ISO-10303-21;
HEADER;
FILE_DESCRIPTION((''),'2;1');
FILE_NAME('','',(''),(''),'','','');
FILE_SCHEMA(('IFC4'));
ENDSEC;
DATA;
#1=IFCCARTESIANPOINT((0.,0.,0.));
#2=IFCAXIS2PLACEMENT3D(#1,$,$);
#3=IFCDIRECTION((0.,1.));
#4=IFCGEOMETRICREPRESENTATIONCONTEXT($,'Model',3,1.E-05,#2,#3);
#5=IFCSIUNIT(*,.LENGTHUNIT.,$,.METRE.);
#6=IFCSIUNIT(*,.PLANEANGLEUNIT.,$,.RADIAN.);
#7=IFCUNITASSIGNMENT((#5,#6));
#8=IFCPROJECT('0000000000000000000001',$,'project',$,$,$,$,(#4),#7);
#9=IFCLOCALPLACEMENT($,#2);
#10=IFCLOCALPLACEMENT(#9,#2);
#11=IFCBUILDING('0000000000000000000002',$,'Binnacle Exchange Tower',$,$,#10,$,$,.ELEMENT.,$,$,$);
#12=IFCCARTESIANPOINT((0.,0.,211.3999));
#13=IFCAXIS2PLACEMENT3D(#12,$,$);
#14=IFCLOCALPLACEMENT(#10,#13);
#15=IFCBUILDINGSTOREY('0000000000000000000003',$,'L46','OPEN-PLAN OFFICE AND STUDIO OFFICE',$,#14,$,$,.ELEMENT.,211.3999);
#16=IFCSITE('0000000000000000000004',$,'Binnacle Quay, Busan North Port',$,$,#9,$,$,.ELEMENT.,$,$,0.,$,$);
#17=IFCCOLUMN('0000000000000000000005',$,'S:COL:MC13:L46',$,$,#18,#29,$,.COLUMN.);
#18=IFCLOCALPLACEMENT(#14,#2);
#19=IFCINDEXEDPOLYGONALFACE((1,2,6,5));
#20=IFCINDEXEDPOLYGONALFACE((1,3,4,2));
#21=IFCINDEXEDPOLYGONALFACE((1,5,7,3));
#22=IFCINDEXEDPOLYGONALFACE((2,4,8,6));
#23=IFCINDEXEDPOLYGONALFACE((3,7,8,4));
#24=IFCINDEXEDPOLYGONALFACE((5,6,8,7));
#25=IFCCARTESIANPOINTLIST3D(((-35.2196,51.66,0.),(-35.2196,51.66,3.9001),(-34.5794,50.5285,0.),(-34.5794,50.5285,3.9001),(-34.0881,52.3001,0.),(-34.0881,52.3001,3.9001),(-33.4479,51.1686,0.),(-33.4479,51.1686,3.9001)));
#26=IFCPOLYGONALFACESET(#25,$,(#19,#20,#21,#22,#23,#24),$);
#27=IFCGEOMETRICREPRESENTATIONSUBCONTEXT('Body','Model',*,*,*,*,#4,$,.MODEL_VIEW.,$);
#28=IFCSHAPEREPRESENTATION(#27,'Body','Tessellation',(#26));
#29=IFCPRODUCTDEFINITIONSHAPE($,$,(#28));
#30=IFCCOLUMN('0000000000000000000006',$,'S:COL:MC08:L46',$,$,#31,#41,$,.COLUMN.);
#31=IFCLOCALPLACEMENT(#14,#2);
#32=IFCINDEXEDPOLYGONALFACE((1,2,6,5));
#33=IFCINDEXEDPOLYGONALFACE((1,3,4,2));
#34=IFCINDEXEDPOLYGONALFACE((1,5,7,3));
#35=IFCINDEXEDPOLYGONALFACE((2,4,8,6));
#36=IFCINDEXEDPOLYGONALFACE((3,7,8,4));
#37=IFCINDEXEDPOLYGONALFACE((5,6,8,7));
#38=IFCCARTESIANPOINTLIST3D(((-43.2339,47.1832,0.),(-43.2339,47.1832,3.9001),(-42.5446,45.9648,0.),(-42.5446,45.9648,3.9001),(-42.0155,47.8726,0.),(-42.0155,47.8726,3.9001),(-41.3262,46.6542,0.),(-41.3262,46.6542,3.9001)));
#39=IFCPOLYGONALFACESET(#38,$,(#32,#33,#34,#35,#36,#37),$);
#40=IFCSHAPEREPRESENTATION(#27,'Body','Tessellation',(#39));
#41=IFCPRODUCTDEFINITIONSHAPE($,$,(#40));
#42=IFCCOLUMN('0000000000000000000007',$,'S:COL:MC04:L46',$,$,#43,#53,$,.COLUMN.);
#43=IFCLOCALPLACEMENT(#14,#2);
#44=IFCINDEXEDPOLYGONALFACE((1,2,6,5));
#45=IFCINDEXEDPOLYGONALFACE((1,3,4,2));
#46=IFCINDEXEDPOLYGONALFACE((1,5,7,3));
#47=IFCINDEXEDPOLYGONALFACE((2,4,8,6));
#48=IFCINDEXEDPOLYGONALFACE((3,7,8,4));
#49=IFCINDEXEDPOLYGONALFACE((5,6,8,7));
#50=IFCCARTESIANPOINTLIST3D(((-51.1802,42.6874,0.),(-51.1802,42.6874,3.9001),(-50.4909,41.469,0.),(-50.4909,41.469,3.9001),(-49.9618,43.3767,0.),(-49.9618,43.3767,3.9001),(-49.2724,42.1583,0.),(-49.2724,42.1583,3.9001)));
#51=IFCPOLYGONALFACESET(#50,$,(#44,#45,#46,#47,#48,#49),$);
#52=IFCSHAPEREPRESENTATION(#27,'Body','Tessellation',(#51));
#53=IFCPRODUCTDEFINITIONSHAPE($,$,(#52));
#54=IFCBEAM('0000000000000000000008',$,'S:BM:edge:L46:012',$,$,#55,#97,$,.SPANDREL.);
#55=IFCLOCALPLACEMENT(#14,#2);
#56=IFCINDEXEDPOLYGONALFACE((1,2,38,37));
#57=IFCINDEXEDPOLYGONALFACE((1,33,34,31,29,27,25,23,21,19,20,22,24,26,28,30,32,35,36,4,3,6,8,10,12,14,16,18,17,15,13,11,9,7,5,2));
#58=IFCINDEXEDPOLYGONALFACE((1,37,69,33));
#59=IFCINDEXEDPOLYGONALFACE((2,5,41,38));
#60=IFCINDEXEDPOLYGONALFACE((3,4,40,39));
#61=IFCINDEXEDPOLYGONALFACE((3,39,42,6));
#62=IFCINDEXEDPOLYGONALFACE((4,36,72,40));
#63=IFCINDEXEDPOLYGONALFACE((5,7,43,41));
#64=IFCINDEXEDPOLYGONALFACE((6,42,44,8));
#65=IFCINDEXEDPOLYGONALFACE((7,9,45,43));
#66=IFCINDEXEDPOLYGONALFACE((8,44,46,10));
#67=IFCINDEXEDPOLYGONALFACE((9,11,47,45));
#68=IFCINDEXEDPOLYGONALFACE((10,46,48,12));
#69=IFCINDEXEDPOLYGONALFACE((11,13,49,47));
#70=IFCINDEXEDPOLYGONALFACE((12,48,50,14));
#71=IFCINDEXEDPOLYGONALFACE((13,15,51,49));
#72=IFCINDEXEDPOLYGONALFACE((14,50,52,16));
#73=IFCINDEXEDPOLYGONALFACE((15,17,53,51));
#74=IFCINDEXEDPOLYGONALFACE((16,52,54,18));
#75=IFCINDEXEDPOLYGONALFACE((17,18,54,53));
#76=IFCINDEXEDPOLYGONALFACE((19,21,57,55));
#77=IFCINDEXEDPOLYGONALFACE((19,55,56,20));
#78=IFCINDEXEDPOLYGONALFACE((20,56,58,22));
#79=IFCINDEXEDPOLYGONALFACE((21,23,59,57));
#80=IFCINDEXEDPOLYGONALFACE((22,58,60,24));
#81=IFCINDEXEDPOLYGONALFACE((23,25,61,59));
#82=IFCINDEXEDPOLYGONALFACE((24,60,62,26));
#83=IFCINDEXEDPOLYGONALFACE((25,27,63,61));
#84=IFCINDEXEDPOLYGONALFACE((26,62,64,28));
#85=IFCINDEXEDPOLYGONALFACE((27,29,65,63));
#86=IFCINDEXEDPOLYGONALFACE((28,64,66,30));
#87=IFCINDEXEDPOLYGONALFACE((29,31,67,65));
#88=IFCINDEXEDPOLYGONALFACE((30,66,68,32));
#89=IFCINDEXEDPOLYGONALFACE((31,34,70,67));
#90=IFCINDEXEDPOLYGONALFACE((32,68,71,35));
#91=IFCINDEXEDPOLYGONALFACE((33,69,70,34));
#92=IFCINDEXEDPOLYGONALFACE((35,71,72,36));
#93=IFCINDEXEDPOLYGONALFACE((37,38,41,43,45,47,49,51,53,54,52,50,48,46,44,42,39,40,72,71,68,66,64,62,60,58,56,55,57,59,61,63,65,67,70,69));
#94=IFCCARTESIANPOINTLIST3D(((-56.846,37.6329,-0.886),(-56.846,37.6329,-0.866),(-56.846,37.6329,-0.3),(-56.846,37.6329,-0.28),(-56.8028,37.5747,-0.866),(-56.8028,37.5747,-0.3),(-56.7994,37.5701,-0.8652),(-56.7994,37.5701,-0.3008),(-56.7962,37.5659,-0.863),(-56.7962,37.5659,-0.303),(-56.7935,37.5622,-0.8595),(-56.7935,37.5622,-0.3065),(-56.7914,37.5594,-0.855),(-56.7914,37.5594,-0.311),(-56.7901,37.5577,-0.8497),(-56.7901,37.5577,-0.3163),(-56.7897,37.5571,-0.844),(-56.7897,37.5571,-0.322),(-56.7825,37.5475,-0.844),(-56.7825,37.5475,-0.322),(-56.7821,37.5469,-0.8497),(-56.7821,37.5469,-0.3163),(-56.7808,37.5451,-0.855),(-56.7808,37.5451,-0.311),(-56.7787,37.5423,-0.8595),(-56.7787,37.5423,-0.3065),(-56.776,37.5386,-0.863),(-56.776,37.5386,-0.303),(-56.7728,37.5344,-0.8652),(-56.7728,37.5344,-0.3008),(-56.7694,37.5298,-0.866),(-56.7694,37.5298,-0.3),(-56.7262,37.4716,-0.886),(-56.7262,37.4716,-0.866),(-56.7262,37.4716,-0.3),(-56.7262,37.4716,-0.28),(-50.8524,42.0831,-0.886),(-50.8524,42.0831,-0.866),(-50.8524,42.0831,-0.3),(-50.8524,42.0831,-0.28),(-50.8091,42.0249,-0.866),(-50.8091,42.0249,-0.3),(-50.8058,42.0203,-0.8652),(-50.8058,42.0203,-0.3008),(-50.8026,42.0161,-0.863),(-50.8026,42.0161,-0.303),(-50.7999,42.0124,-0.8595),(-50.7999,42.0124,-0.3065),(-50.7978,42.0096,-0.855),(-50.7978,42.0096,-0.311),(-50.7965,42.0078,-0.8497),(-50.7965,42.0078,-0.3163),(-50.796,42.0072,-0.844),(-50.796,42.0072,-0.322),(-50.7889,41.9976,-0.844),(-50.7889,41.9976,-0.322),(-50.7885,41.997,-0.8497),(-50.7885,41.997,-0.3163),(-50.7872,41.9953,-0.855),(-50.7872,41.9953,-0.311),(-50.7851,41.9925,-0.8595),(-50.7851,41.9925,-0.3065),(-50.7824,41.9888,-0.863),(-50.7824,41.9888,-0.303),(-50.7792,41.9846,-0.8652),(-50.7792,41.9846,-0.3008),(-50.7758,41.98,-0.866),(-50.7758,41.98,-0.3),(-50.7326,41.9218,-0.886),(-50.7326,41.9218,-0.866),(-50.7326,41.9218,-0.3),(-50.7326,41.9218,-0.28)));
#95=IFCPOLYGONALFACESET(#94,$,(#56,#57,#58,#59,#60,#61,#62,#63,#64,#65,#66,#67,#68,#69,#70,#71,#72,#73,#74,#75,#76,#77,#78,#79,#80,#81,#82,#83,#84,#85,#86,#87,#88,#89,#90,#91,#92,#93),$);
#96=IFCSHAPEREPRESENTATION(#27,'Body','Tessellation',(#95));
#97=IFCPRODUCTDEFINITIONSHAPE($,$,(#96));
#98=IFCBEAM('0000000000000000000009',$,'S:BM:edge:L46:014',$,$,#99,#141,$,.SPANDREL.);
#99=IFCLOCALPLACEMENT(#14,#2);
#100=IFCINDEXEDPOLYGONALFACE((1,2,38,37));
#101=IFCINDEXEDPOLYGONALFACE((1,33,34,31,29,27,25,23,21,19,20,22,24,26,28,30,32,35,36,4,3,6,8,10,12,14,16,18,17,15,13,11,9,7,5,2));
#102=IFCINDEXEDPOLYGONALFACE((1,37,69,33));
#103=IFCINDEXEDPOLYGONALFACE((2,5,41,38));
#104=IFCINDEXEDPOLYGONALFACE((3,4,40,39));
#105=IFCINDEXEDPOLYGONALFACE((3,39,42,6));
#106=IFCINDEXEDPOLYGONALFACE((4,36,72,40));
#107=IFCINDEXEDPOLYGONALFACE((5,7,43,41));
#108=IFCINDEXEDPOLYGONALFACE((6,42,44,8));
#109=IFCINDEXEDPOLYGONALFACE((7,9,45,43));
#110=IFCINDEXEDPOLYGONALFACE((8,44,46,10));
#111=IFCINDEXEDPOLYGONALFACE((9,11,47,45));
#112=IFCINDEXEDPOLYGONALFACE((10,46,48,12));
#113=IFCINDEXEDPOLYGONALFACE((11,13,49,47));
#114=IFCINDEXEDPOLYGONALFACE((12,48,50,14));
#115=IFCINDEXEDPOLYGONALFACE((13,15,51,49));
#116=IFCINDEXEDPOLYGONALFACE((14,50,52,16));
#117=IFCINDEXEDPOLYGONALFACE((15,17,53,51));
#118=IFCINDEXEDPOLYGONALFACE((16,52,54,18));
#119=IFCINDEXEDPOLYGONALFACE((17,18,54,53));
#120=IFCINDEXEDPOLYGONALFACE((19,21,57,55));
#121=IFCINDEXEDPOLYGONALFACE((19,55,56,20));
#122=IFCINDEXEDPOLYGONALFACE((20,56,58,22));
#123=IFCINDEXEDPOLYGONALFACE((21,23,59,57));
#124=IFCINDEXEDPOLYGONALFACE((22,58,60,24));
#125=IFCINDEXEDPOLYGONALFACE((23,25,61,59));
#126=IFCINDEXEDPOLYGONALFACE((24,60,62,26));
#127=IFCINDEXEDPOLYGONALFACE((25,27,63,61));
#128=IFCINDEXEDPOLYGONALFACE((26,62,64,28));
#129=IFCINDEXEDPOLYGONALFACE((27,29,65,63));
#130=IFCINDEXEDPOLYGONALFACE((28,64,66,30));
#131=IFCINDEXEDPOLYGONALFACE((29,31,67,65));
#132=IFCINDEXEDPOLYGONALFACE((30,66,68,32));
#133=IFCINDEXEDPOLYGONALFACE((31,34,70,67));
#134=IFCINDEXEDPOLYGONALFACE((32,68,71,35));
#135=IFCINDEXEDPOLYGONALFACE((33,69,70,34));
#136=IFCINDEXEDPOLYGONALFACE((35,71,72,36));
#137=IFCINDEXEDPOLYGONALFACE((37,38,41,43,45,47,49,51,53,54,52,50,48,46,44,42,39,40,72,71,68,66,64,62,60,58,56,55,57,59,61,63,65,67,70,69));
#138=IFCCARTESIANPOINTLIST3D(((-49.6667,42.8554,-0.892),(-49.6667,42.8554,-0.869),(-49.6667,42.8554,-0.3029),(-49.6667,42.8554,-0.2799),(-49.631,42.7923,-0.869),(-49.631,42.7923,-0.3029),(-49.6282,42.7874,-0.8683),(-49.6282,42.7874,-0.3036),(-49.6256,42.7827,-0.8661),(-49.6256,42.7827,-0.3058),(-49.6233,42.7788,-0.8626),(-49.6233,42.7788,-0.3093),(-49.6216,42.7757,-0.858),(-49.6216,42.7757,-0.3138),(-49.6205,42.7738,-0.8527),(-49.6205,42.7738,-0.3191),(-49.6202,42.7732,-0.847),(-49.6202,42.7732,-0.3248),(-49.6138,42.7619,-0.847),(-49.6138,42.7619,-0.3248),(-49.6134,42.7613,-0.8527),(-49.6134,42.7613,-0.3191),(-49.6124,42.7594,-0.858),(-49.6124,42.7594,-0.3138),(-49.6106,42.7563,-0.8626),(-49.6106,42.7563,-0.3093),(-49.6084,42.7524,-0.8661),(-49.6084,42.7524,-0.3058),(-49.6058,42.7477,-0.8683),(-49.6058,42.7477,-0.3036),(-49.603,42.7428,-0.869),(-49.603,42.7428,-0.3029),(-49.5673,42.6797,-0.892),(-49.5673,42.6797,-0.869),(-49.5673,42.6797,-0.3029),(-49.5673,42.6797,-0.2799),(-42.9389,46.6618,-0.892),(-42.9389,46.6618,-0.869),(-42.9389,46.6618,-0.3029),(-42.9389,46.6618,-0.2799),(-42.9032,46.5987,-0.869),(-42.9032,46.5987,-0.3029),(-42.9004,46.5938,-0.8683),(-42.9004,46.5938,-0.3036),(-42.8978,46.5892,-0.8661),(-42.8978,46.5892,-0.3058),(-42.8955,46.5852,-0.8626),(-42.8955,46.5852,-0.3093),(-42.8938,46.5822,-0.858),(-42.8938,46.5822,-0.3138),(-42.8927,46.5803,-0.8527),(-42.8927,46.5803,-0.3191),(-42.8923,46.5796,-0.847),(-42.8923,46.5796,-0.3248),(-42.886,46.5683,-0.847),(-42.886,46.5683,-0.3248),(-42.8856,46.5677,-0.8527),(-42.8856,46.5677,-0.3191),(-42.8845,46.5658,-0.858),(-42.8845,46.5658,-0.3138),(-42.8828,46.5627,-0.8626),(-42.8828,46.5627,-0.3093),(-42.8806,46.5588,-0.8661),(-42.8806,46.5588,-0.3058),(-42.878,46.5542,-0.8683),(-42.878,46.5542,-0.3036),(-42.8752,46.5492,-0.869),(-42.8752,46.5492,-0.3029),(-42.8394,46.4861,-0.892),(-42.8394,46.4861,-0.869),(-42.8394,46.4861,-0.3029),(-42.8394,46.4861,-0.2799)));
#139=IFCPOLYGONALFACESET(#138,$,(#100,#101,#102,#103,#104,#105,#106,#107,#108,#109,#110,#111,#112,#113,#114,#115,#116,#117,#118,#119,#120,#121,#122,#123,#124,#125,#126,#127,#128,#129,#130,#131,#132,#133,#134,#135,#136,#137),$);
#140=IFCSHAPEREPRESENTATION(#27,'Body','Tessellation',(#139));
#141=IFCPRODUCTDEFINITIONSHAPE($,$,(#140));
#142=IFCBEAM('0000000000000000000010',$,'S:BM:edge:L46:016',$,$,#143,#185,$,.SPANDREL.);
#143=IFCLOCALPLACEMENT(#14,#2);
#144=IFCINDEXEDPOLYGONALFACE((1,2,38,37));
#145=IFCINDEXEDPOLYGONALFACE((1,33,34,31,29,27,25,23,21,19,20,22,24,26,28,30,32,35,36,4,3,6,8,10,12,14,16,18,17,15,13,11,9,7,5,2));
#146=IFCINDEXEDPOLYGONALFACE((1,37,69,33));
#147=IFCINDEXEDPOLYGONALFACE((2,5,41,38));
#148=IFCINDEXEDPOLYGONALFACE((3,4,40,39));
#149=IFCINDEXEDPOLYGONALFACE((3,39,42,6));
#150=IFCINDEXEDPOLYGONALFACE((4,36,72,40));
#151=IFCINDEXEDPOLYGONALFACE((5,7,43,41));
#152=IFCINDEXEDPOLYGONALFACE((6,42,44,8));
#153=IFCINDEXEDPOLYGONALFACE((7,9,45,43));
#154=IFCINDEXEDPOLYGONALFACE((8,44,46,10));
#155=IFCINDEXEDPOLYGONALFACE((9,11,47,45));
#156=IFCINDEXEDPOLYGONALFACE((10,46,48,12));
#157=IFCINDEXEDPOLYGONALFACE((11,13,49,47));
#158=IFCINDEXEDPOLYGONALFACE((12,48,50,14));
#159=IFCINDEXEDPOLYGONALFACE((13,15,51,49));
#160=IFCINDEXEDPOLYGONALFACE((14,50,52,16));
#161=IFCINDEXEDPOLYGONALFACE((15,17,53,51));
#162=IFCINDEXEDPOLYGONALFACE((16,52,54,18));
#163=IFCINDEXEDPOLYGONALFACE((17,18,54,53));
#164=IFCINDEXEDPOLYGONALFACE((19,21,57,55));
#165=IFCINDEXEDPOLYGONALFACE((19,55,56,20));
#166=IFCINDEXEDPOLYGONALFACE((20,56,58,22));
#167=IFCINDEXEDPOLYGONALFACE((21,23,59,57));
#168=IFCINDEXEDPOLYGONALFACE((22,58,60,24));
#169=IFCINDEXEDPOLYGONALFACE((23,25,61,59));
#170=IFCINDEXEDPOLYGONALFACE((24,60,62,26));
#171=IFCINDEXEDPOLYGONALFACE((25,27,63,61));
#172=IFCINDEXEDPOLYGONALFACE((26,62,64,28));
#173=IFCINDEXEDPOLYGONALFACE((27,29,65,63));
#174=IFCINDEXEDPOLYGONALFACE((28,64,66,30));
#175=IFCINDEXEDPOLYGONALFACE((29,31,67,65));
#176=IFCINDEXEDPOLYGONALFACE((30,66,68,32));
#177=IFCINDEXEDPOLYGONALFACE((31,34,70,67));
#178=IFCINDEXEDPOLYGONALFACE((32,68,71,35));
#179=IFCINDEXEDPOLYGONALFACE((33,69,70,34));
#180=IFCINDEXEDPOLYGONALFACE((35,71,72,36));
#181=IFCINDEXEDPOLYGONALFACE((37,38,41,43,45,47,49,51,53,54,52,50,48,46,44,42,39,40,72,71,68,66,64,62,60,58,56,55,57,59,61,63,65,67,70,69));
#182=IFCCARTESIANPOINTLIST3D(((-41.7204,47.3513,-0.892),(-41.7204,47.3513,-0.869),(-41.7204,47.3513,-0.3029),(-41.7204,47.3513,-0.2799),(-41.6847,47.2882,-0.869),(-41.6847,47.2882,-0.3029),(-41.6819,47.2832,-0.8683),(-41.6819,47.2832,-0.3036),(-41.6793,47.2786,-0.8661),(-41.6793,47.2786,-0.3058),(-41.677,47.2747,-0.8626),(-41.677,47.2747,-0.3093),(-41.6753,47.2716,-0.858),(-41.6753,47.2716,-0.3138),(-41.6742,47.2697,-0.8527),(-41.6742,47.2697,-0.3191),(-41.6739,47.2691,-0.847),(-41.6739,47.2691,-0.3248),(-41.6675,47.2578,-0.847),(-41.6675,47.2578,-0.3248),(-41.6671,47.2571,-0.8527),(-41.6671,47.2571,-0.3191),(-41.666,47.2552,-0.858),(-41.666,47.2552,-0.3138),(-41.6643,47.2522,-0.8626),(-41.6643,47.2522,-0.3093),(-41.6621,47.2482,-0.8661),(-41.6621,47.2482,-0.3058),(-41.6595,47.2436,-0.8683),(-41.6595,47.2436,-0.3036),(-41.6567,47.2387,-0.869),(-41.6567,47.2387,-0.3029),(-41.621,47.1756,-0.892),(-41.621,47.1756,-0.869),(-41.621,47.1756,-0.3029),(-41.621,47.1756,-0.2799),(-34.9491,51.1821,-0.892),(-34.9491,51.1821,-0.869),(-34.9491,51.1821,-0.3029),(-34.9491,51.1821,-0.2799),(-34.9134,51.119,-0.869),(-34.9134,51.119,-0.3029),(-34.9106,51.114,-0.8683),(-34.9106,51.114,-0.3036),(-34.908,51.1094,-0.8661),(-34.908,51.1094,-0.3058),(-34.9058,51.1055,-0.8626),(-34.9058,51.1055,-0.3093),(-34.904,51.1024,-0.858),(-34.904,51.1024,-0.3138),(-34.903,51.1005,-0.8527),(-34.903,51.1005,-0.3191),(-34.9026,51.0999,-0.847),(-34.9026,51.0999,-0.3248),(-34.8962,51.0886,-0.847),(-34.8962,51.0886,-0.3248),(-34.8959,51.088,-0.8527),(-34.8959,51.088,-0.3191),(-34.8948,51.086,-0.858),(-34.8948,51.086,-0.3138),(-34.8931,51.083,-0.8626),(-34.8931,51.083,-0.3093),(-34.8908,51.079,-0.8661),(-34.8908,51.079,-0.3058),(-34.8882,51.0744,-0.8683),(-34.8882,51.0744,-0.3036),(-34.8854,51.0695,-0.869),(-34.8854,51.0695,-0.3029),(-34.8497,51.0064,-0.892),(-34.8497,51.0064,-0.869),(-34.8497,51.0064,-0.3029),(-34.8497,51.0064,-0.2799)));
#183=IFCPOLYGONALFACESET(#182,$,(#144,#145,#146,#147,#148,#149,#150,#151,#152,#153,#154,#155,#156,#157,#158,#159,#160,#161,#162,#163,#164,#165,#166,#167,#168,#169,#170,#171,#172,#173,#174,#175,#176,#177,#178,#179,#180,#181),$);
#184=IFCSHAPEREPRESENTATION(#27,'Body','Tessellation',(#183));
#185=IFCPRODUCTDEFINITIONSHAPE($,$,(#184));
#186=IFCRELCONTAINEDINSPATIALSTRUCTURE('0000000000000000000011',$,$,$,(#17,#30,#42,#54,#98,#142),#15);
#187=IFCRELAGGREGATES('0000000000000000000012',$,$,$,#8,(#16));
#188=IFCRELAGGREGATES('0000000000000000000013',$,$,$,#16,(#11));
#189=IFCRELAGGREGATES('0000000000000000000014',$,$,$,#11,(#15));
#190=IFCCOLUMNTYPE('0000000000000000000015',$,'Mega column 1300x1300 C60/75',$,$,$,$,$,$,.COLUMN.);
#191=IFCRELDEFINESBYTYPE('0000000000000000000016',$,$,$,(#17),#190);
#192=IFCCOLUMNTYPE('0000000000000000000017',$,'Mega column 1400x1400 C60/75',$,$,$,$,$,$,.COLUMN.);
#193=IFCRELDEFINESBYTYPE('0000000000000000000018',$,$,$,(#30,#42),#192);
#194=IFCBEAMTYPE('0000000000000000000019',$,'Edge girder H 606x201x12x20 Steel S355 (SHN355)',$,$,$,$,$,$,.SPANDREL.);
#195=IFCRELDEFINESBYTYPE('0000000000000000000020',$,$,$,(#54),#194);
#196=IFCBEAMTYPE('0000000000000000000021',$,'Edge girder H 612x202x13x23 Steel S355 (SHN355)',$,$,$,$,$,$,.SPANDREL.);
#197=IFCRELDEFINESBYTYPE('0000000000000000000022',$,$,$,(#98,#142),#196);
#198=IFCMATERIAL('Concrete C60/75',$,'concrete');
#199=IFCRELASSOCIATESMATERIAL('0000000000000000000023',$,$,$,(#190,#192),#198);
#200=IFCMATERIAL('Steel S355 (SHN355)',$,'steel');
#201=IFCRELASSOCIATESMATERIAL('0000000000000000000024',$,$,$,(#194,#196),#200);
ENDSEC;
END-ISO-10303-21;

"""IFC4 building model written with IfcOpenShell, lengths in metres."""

from ifc_helpers import new_model, si_unit, direction, frame, origin, origin_2d, place, context, subcontext, project, spatial, rectangle, i_section, extrude, material, material_profile, profile_set, type_object, element, save


model = new_model("IFC4")

# Units and contexts
model_context = context("Model", 3, precision=1e-05, world=origin(), true_north=direction((0.0, 1.0)))
body_context = subcontext(model_context, "Body", "Model", "MODEL_VIEW")
ifc_project = project(units=[si_unit("LENGTHUNIT", "METRE"), si_unit("PLANEANGLEUNIT", "RADIAN")], contexts=[model_context])

# Site, building, storey
site_placement = place(None, origin())
site = spatial("IfcSite", under=ifc_project, at=site_placement, Name="Binnacle Quay, Busan North Port", CompositionType="ELEMENT", RefElevation=0.0)
building_placement = place(site_placement, origin())
building = spatial("IfcBuilding", under=site, at=building_placement, Name="Binnacle Exchange Tower", CompositionType="ELEMENT")
storey_placement = place(building_placement, frame((0.0, 0.0, 211.3999)))
storey = spatial("IfcBuildingStorey", under=building, at=storey_placement, Name="L46", Description="OPEN-PLAN OFFICE AND STUDIO OFFICE", CompositionType="ELEMENT", Elevation=211.3999)

# Columns
ifc_material_1 = material(Name="Concrete C60/75", Category="concrete")
ifc_material_profile_1 = material_profile(ifc_material_1, rectangle(XDim=1.3, YDim=1.3, at=origin_2d()), Name="Mega column 1300x1300 C60/75")
ifc_profile_set_1 = profile_set([ifc_material_profile_1], Name="Concrete C60/75")
column_type_1 = type_object("IfcColumnType", Name="Mega column 1300x1300 C60/75", PredefinedType="COLUMN", material=ifc_profile_set_1)
column_placement = place(storey_placement, frame((-34.3337, 51.4143, 0.0), z_axis=(0.0, 0.0, 1.0), x_axis=(-0.870356, -0.492424, 0.0)))
element("IfcColumn", 1, at=column_placement, inside=storey, type_object=column_type_1, Name="S:COL:MC13:L46", PredefinedType="COLUMN", context=body_context, shape_type="SweptSolid", body=[
    extrude(rectangle(XDim=1.3, YDim=1.3, at=origin_2d()), origin(), (0.0, 0.0, 1.0), 3.9001),
])
ifc_material_profile_2 = material_profile(ifc_material_1, rectangle(XDim=1.3999, YDim=1.3999, at=origin_2d()), Name="Mega column 1400x1400 C60/75")
ifc_profile_set_2 = profile_set([ifc_material_profile_2], Name="Concrete C60/75")
column_type_2 = type_object("IfcColumnType", Name="Mega column 1400x1400 C60/75", PredefinedType="COLUMN", material=ifc_profile_set_2)
for number, where, z_axis, x_axis, name in (
    (2, (-42.28, 46.9187, 0.0), (0.0, 0.0, 1.0), (-0.870356, -0.492424, 0.0), "S:COL:MC08:L46"),
    (3, (-50.2263, 42.4229, 0.0), (0.0, 0.0, 1.0), (-0.870356, -0.492424, 0.0), "S:COL:MC04:L46"),
):
    element("IfcColumn", number, at=place(storey_placement, frame(where, z_axis=z_axis, x_axis=x_axis)), inside=storey, type_object=column_type_2, Name=name, PredefinedType="COLUMN", context=body_context, shape_type="SweptSolid", body=[
        extrude(rectangle(XDim=1.3999, YDim=1.3999, at=origin_2d()), origin(), (0.0, 0.0, 1.0), 3.9001),
    ])

# Beams
ifc_material_2 = material(Name="Steel S355 (SHN355)", Category="steel")
ifc_material_profile_3 = material_profile(ifc_material_2, i_section(OverallWidth=0.2009, OverallDepth=0.606, WebThickness=0.012, FlangeThickness=0.02, FilletRadius=0.022, at=origin_2d()), Name="H 606x201x12x20")
ifc_profile_set_3 = profile_set([ifc_material_profile_3], Name="Steel S355 (SHN355)")
beam_type_1 = type_object("IfcBeamType", Name="Edge girder H 606x201x12x20 Steel S355 (SHN355)", PredefinedType="SPANDREL", material=ifc_profile_set_3)
beam_1_placement = place(storey_placement, frame((-50.7925, 42.0024, -0.583), z_axis=(-0.802887, -0.596131, 0.0), x_axis=(0.596131, -0.802887, 0.0)))
element("IfcBeam", 4, at=beam_1_placement, inside=storey, type_object=beam_type_1, Name="S:BM:edge:L46:012", PredefinedType="SPANDREL", context=body_context, shape_type="SweptSolid", body=[
    extrude(i_section(OverallWidth=0.2009, OverallDepth=0.606, WebThickness=0.012, FlangeThickness=0.02, FilletRadius=0.022, at=origin_2d()), origin(), (0.0, 0.0, 1.0), 7.4651),
])
ifc_material_profile_4 = material_profile(ifc_material_2, i_section(OverallWidth=0.2019, OverallDepth=0.6121, WebThickness=0.0129, FlangeThickness=0.0229, FilletRadius=0.022, at=origin_2d()), Name="H 612x202x13x23")
ifc_profile_set_4 = profile_set([ifc_material_profile_4], Name="Steel S355 (SHN355)")
beam_type_2 = type_object("IfcBeamType", Name="Edge girder H 612x202x13x23 Steel S355 (SHN355)", PredefinedType="SPANDREL", material=ifc_profile_set_4)
beam_2_placement = place(storey_placement, frame((-42.8892, 46.574, -0.5859), z_axis=(-0.870356, -0.492424, 0.0), x_axis=(0.492424, -0.870356, 0.0)))
element("IfcBeam", 5, at=beam_2_placement, inside=storey, type_object=beam_type_2, Name="S:BM:edge:L46:014", PredefinedType="SPANDREL", context=body_context, shape_type="SweptSolid", body=[
    extrude(i_section(OverallWidth=0.2019, OverallDepth=0.6121, WebThickness=0.0129, FlangeThickness=0.0229, FilletRadius=0.022, at=origin_2d()), origin(), (0.0, 0.0, 1.0), 7.73),
])
beam_3_placement = place(storey_placement, frame((-34.8994, 51.0942, -0.5859), z_axis=(-0.870365, -0.492407, 0.0), x_axis=(0.492407, -0.870365, 0.0)))
element("IfcBeam", 6, at=beam_3_placement, inside=storey, type_object=beam_type_2, Name="S:BM:edge:L46:016", PredefinedType="SPANDREL", context=body_context, shape_type="SweptSolid", body=[
    extrude(i_section(OverallWidth=0.2019, OverallDepth=0.6121, WebThickness=0.0129, FlangeThickness=0.0229, FilletRadius=0.022, at=origin_2d()), origin(), (0.0, 0.0, 1.0), 7.7798),
])

save(model, "model.ifc")
